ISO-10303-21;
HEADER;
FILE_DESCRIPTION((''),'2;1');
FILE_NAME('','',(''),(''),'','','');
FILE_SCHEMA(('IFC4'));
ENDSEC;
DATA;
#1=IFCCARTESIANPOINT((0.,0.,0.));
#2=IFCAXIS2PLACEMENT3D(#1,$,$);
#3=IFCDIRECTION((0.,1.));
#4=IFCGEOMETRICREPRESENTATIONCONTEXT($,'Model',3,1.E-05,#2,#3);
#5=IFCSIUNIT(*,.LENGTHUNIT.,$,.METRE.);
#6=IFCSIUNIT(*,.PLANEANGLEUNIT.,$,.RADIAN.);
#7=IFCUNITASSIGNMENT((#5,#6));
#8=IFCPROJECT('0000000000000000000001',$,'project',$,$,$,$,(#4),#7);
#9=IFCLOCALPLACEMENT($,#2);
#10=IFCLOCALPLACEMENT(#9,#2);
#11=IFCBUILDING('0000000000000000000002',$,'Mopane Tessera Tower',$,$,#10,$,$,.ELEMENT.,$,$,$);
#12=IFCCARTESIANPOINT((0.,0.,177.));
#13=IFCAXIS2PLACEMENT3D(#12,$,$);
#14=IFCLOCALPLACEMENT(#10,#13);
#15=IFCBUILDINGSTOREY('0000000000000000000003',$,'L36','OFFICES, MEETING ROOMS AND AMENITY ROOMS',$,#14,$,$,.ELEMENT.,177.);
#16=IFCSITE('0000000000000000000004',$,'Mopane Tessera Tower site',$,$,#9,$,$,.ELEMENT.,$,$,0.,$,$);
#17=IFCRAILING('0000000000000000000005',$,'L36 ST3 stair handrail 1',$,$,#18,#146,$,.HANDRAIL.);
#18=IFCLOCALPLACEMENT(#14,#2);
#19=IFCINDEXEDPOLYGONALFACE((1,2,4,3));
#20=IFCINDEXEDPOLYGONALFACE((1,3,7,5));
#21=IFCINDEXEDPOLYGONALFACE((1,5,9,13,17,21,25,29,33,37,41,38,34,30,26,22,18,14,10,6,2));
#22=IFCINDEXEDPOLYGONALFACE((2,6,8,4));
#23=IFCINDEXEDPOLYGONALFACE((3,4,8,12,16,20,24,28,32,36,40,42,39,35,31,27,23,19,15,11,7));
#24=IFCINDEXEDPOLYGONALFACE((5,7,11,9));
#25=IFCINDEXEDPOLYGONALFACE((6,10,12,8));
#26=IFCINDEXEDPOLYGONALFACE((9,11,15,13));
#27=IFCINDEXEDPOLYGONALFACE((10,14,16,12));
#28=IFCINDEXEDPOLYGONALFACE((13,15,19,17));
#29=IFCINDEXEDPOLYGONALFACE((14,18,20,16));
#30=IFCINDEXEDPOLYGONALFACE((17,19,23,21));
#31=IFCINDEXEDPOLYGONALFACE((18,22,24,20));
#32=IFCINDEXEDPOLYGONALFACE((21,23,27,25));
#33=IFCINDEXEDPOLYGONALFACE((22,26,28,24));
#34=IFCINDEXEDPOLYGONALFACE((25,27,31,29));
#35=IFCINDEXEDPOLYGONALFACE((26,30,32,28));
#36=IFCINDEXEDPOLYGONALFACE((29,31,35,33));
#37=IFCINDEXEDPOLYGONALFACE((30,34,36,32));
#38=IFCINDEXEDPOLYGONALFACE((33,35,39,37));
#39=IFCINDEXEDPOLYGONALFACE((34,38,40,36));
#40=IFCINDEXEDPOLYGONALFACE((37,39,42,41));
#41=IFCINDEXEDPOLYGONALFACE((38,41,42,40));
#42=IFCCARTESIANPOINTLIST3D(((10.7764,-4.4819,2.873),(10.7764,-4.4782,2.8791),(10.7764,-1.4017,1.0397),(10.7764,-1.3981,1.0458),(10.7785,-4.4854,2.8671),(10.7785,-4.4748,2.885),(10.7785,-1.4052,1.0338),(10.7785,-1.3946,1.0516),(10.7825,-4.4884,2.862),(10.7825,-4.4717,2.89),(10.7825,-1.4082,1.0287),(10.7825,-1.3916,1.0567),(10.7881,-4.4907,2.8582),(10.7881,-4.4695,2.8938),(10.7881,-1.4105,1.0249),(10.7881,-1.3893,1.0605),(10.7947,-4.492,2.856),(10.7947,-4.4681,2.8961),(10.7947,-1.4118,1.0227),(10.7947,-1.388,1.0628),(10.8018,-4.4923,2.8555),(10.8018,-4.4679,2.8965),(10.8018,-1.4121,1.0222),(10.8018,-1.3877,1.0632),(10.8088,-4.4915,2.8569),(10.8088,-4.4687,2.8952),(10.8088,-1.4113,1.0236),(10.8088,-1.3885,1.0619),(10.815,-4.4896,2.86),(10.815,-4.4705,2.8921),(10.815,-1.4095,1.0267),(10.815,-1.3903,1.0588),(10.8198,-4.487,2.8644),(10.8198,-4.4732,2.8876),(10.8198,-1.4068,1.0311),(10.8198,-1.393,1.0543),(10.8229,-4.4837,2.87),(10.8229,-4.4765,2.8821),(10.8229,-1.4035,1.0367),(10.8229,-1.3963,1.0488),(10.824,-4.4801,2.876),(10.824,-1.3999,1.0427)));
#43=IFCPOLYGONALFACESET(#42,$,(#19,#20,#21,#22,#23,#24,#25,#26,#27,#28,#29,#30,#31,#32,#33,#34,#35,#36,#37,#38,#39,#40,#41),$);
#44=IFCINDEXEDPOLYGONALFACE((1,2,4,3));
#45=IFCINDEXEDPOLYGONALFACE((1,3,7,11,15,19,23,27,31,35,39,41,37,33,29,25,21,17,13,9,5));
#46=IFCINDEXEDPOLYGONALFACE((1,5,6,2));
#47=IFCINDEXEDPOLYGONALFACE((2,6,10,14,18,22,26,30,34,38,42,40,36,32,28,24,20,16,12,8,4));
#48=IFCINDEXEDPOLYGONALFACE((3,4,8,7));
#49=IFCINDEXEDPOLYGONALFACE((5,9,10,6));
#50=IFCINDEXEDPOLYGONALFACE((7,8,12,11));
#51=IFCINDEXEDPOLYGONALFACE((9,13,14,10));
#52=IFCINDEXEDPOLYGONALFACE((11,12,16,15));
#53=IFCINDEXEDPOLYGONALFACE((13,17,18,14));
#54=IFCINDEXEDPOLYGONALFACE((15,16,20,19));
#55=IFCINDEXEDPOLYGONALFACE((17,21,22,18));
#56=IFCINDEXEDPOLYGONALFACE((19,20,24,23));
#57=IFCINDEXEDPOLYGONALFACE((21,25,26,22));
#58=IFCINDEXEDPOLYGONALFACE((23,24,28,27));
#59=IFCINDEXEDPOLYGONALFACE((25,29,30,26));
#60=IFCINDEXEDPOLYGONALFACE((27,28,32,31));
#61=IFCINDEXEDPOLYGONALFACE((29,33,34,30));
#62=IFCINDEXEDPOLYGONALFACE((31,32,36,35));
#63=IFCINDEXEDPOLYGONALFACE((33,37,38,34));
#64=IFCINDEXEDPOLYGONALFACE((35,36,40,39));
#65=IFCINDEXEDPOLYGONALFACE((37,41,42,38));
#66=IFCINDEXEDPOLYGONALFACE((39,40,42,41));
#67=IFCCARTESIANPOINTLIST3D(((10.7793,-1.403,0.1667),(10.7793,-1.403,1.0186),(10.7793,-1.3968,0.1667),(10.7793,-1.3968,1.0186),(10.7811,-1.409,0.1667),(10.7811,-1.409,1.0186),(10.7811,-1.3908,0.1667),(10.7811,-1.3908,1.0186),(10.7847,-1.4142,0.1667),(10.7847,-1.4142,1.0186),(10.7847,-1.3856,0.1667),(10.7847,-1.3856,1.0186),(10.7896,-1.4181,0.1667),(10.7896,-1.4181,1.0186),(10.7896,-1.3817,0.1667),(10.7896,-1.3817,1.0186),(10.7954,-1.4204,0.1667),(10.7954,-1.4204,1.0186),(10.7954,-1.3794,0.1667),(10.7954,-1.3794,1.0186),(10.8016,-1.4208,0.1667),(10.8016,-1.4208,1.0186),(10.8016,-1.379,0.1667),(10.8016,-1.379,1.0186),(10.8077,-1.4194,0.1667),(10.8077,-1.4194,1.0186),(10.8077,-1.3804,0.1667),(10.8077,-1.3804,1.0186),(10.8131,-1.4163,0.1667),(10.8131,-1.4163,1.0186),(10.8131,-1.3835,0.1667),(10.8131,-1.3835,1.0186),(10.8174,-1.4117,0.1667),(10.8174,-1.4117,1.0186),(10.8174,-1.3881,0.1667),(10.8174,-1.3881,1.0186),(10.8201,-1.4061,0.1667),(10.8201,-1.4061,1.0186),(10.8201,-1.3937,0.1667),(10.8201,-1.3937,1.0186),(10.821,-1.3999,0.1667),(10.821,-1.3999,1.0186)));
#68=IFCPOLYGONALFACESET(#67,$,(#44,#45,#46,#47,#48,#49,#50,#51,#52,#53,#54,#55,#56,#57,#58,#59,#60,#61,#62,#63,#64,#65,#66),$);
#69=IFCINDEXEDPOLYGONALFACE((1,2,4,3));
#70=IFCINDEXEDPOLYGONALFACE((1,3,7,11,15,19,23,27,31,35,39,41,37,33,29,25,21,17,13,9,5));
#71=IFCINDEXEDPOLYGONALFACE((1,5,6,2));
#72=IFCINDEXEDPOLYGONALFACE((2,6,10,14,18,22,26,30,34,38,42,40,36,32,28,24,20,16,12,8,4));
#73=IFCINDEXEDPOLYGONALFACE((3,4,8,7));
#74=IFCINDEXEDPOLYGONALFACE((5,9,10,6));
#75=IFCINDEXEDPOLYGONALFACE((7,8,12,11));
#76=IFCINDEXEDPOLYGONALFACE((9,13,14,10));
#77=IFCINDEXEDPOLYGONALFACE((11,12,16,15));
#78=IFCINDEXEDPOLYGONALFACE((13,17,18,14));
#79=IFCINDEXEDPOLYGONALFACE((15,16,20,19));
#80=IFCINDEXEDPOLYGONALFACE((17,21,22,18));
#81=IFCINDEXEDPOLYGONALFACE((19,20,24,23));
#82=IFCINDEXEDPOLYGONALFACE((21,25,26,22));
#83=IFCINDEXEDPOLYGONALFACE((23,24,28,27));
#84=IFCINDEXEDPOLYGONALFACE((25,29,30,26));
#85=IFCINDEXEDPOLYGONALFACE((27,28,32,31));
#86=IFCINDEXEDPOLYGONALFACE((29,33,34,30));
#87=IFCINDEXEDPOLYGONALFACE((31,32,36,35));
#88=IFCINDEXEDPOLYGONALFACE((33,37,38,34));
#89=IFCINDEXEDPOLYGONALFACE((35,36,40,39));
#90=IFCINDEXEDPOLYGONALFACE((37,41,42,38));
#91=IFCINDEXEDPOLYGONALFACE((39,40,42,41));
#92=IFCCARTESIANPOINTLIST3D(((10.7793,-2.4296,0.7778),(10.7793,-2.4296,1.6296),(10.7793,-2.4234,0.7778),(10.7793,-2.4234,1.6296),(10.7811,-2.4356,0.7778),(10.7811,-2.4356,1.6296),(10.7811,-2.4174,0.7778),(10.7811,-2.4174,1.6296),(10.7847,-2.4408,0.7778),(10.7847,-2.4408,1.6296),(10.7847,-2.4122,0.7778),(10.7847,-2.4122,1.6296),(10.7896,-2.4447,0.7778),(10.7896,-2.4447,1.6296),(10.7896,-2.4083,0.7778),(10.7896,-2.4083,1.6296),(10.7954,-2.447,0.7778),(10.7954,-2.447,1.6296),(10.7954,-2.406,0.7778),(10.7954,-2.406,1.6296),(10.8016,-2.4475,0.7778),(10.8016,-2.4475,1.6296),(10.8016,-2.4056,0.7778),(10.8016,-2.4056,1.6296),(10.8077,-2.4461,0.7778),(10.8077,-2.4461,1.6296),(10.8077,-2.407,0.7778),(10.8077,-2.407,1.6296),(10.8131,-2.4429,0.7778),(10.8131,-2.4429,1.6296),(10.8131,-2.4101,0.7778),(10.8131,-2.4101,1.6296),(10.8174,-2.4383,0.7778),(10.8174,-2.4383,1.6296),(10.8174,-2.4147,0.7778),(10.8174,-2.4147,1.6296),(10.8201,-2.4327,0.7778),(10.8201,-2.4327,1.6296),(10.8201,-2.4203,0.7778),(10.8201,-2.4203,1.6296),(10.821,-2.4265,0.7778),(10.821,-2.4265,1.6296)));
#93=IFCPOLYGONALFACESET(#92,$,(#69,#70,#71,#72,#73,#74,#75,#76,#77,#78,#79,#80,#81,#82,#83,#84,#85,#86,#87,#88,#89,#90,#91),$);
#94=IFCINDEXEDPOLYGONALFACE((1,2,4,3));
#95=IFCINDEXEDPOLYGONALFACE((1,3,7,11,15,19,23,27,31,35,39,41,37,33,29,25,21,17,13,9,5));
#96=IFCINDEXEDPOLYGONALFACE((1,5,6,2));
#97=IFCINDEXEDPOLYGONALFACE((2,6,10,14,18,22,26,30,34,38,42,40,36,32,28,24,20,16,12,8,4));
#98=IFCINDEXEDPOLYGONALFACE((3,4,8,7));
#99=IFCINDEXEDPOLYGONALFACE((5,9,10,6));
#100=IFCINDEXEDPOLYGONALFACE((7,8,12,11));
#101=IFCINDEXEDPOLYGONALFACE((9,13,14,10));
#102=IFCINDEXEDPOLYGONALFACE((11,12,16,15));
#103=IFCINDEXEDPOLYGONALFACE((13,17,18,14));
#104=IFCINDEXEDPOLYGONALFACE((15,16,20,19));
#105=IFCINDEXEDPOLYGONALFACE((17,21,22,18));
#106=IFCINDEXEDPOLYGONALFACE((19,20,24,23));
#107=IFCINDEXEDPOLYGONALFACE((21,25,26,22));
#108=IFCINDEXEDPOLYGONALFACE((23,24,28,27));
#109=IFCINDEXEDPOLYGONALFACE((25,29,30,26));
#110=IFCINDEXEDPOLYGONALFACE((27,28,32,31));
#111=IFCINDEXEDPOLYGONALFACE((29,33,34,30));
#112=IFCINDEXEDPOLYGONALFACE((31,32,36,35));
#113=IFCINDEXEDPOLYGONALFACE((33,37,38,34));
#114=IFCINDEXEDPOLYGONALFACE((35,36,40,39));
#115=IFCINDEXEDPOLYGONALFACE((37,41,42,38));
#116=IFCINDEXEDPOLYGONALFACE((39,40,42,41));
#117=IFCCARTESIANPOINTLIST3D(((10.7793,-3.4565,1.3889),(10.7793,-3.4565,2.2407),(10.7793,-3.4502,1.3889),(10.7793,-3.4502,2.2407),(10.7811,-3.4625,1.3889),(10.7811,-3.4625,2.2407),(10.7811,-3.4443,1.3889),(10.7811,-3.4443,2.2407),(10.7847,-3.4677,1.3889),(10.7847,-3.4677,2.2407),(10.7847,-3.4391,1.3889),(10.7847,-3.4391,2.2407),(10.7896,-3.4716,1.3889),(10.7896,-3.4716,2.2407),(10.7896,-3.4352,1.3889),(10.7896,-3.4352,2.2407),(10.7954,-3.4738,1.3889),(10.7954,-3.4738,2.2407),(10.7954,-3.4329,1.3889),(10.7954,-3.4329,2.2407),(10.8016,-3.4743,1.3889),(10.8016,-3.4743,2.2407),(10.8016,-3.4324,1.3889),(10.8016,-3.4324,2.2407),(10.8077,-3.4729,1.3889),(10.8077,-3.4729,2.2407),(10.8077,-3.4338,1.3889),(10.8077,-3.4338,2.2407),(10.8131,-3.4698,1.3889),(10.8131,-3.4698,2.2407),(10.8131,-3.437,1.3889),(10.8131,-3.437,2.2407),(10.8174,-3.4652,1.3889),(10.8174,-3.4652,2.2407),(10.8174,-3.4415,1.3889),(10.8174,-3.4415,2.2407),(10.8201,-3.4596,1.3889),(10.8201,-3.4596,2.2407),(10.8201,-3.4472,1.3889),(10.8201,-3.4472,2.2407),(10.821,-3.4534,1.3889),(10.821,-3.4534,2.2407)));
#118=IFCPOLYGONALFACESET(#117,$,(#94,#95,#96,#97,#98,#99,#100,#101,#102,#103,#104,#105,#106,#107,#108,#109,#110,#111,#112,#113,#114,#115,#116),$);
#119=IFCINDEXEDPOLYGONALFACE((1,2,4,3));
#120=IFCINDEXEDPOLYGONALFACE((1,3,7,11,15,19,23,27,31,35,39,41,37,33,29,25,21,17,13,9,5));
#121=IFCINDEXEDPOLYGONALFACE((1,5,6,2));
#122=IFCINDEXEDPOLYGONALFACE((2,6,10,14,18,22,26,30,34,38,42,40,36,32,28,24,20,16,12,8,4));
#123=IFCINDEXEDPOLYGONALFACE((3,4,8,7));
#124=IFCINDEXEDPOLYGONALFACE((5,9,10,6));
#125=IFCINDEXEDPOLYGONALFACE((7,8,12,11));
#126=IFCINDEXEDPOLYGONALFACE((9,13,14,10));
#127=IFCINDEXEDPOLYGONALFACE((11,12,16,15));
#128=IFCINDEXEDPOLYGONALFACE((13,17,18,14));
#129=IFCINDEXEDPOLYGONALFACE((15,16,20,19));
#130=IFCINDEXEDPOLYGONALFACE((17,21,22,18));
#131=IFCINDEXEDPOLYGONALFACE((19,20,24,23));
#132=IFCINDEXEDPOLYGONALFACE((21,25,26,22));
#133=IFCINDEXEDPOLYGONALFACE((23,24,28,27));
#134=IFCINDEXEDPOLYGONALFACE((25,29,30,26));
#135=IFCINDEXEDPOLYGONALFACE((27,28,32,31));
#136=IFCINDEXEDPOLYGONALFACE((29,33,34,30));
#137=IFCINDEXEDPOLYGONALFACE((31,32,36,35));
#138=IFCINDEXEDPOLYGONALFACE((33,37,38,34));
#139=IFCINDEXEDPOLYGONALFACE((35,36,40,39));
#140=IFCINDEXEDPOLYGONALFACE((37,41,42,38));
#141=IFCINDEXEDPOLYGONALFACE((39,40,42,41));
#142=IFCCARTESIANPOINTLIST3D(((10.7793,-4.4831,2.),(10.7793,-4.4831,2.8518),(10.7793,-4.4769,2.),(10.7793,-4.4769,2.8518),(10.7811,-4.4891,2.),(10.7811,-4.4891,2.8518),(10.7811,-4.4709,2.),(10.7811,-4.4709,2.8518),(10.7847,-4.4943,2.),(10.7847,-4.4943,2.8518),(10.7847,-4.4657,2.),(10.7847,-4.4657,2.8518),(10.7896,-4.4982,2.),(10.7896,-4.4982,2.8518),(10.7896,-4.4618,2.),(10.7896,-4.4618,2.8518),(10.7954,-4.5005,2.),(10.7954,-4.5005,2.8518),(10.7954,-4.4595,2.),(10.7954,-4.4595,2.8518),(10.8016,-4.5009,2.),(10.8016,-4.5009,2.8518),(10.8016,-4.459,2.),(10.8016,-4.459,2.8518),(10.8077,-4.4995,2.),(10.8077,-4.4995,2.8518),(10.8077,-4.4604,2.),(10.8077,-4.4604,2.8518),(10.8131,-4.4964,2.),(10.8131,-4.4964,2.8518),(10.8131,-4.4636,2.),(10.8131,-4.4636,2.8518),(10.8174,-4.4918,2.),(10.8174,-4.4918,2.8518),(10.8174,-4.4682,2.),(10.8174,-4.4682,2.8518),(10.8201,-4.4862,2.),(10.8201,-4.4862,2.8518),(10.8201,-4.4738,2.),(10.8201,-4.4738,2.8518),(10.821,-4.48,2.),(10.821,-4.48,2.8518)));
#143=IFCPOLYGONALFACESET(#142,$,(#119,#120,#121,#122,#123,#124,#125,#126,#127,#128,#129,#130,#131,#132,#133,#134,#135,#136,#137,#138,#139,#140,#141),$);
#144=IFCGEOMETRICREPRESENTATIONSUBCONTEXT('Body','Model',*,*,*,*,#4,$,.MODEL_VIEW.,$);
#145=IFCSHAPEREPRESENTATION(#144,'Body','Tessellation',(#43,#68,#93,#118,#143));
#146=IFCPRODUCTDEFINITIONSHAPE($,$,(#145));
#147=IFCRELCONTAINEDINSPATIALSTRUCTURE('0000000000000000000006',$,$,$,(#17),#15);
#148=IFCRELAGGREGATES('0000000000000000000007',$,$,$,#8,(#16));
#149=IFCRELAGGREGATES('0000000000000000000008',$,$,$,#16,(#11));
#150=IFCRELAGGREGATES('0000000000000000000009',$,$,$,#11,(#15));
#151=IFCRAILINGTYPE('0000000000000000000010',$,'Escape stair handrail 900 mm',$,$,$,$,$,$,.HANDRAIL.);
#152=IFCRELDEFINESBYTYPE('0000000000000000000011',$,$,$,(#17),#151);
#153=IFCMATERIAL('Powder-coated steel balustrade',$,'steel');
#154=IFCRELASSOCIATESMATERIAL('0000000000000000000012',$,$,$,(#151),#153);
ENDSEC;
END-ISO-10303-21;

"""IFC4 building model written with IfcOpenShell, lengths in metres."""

from ifc_helpers import new_model, si_unit, direction, frame, origin, origin_2d, place, context, subcontext, project, spatial, circle, extrude, material, type_object, element, save


model = new_model("IFC4")

# Units and contexts
model_context = context("Model", 3, precision=1e-05, world=origin(), true_north=direction((0.0, 1.0)))
body_context = subcontext(model_context, "Body", "Model", "MODEL_VIEW")
ifc_project = project(units=[si_unit("LENGTHUNIT", "METRE"), si_unit("PLANEANGLEUNIT", "RADIAN")], contexts=[model_context])

# Site, building, storey
site_placement = place(None, origin())
site = spatial("IfcSite", under=ifc_project, at=site_placement, Name="Mopane Tessera Tower site", CompositionType="ELEMENT", RefElevation=0.0)
building_placement = place(site_placement, origin())
building = spatial("IfcBuilding", under=site, at=building_placement, Name="Mopane Tessera Tower", CompositionType="ELEMENT")
storey_placement = place(building_placement, frame((0.0, 0.0, 177.0)))
storey = spatial("IfcBuildingStorey", under=building, at=storey_placement, Name="L36", Description="OFFICES, MEETING ROOMS AND AMENITY ROOMS", CompositionType="ELEMENT", Elevation=177.0)

# Railing
ifc_material_1 = material(Name="Powder-coated steel balustrade", Category="steel")
railing_type_1 = type_object("IfcRailingType", Name="Escape stair handrail 900 mm", PredefinedType="HANDRAIL", material=ifc_material_1)
railing_1_placement = place(storey_placement, frame((10.8, -1.3999, 0.1667)))
element("IfcRailing", 1, at=railing_1_placement, inside=storey, type_object=railing_type_1, Name="L36 ST3 stair handrail 1", PredefinedType="HANDRAIL", context=body_context, shape_type="SweptSolid", body=[
    extrude(circle(Radius=0.0239, at=origin_2d()), frame((0.0, 0.0, 0.876), z_axis=(0.0, -0.859309, 0.511458), x_axis=(1.0, 0.0, 0.0)), (0.0, 0.0, 1.0), 3.5845),
    extrude(circle(Radius=0.021, at=origin_2d()), origin(), (0.0, 0.0, 1.0), 0.8518),
    extrude(circle(Radius=0.021, at=origin_2d()), frame((0.0, -1.0266, 0.6111)), (0.0, 0.0, 1.0), 0.8518),
    extrude(circle(Radius=0.021, at=origin_2d()), frame((0.0, -2.0535, 1.2222)), (0.0, 0.0, 1.0), 0.8518),
    extrude(circle(Radius=0.021, at=origin_2d()), frame((0.0, -3.0801, 1.8333)), (0.0, 0.0, 1.0), 0.8518),
])

save(model, "model.ifc")
